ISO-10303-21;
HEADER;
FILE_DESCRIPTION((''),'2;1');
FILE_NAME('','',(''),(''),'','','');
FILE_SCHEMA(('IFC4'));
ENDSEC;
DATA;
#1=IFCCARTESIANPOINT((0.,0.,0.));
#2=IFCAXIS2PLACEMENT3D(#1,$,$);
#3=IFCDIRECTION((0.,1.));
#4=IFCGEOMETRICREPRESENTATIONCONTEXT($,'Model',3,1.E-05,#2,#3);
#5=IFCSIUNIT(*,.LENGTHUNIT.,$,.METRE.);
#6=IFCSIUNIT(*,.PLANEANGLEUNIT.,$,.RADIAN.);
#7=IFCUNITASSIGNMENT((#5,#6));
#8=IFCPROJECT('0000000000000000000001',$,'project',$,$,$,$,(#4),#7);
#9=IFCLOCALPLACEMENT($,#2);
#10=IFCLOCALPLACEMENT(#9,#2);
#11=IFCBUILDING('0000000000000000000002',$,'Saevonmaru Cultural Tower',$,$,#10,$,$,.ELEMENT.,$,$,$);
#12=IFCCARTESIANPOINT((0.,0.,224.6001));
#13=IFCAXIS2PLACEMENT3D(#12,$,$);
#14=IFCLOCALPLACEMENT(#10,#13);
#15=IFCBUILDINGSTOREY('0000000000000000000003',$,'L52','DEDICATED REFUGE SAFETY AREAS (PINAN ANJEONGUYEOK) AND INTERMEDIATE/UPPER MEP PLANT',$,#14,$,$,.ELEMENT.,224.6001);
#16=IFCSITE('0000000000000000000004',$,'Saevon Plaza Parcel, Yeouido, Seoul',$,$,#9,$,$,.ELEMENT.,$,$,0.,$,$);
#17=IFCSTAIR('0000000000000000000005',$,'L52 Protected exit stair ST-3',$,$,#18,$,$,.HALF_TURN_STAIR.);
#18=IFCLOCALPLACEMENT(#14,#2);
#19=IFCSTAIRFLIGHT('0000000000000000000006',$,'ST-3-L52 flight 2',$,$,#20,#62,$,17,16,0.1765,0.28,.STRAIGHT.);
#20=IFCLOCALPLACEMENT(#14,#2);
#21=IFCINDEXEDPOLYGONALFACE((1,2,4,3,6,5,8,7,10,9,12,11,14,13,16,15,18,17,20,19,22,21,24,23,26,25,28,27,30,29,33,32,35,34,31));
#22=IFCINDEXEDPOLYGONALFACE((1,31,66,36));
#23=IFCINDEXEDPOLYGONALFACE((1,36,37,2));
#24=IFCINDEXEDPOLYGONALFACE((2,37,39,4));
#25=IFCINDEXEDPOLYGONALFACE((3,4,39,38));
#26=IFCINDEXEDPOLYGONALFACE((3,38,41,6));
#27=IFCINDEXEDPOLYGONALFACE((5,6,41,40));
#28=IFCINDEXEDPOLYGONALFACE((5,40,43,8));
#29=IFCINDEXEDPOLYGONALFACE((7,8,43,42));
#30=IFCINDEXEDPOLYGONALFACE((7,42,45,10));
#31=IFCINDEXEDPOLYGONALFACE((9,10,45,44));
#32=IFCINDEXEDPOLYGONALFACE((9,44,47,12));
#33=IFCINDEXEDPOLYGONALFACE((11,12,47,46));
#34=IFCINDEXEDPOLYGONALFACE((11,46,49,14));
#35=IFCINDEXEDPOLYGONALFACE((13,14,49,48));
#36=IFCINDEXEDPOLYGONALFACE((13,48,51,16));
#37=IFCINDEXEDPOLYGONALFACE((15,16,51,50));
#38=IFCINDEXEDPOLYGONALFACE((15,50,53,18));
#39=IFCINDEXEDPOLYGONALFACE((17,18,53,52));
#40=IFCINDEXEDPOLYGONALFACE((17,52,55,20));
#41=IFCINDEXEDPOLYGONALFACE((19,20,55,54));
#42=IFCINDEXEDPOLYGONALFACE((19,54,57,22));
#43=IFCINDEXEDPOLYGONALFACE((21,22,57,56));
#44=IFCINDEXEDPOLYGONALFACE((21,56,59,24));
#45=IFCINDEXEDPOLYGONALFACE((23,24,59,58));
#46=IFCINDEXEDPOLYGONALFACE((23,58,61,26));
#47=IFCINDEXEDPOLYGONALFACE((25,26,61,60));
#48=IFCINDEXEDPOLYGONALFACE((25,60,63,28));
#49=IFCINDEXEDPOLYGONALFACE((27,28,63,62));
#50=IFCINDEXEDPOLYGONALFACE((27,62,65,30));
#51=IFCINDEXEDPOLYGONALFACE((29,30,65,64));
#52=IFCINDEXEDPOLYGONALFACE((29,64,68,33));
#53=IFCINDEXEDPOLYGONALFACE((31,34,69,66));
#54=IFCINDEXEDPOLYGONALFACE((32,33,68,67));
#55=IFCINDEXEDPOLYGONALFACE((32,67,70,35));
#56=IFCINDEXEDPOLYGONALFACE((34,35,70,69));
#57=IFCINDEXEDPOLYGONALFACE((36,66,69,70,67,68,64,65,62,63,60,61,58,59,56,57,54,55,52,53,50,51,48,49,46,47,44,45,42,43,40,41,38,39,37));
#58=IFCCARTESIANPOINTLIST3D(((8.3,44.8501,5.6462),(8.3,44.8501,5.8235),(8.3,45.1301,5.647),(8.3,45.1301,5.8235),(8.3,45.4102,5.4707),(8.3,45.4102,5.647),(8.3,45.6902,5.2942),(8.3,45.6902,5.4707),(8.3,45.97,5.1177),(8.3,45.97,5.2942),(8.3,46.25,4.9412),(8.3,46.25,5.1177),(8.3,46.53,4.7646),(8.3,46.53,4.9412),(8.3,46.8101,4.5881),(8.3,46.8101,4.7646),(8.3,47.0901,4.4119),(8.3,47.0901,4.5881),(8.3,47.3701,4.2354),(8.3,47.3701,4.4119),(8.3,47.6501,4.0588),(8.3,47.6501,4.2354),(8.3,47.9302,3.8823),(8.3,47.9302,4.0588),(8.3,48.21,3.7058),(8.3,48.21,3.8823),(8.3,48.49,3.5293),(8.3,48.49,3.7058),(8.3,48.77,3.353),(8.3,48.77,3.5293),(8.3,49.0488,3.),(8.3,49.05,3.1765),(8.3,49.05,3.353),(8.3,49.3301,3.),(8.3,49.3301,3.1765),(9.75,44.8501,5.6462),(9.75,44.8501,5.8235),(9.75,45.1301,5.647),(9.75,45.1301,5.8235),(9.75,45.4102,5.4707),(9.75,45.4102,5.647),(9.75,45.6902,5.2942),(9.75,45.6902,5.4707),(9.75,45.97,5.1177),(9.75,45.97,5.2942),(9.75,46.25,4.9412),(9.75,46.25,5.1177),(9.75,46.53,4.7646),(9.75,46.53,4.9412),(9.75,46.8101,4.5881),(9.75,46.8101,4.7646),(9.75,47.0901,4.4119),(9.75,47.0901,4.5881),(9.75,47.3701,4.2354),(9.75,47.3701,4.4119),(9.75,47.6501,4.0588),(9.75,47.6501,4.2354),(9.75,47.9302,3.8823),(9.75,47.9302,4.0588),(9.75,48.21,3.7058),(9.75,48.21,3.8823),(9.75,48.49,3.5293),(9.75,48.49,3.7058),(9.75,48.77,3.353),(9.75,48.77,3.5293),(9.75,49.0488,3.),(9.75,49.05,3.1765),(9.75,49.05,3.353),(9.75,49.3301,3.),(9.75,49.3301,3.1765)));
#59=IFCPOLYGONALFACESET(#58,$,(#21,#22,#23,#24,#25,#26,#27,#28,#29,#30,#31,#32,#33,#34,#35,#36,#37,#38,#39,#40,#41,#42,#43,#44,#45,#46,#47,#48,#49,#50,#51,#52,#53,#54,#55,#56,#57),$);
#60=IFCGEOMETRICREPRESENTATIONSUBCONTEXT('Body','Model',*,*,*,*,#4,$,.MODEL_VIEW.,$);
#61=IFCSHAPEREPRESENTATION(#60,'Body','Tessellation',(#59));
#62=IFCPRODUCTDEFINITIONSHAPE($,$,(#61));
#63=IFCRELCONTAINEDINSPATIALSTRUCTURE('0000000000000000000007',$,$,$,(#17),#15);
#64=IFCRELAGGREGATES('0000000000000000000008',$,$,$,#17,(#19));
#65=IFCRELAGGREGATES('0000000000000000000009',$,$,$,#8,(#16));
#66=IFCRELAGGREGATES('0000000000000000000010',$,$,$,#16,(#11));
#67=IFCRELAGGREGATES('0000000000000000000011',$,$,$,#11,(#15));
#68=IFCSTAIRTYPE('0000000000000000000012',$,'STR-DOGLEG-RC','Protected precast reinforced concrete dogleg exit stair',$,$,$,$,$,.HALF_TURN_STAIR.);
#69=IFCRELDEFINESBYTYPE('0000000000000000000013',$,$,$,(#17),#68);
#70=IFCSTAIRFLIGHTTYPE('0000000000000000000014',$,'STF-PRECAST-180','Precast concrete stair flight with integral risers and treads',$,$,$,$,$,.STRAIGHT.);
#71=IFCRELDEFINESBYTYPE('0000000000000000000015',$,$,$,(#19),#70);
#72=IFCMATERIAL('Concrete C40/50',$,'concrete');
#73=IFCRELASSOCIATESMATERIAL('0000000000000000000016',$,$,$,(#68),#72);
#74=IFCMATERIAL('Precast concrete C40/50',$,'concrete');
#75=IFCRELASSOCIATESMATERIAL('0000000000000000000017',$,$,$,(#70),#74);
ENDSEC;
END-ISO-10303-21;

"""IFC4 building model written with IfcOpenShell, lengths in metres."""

from ifc_helpers import new_model, si_unit, direction, frame, origin, place, context, subcontext, project, spatial, polyline, outline, extrude, material, type_object, element, aggregate, save


model = new_model("IFC4")

# Units and contexts
model_context = context("Model", 3, precision=1e-05, world=origin(), true_north=direction((0.0, 1.0)))
body_context = subcontext(model_context, "Body", "Model", "MODEL_VIEW")
ifc_project = project(units=[si_unit("LENGTHUNIT", "METRE"), si_unit("PLANEANGLEUNIT", "RADIAN")], contexts=[model_context])

# Site, building, storey
site_placement = place(None, origin())
site = spatial("IfcSite", under=ifc_project, at=site_placement, Name="Saevon Plaza Parcel, Yeouido, Seoul", CompositionType="ELEMENT", RefElevation=0.0)
building_placement = place(site_placement, origin())
building = spatial("IfcBuilding", under=site, at=building_placement, Name="Saevonmaru Cultural Tower", CompositionType="ELEMENT")
storey_placement = place(building_placement, frame((0.0, 0.0, 224.6001)))
storey = spatial("IfcBuildingStorey", under=building, at=storey_placement, Name="L52", Description="DEDICATED REFUGE SAFETY AREAS (PINAN ANJEONGUYEOK) AND INTERMEDIATE/UPPER MEP PLANT", CompositionType="ELEMENT", Elevation=224.6001)

# Shared definitions
ifc_material_1 = material(Name="Concrete C40/50", Category="concrete")

# Stair, stair flight
stair_type = type_object("IfcStairType", Name="STR-DOGLEG-RC", Description="Protected precast reinforced concrete dogleg exit stair", PredefinedType="HALF_TURN_STAIR", material=ifc_material_1)
stair_placement = place(storey_placement, origin())
stair = element("IfcStair", 1, at=stair_placement, inside=storey, type_object=stair_type, Name="L52 Protected exit stair ST-3", PredefinedType="HALF_TURN_STAIR")
ifc_material_2 = material(Name="Precast concrete C40/50", Category="concrete")
stair_flight_type = type_object("IfcStairFlightType", Name="STF-PRECAST-180", Description="Precast concrete stair flight with integral risers and treads", PredefinedType="STRAIGHT", material=ifc_material_2)
stair_flight_1_placement = place(storey_placement, frame((9.0249, 49.3301, 3.0), z_axis=(0.0, 0.0, 1.0), x_axis=(0.0, -1.0, 0.0)))
stair_flight_1 = element("IfcStairFlight", 2, at=stair_flight_1_placement, type_object=stair_flight_type, Name="ST-3-L52 flight 2", NumberOfRisers=17, NumberOfTreads=16, PredefinedType="STRAIGHT", RiserHeight=0.1765, TreadLength=0.28, context=body_context, shape_type="SweptSolid", body=[
    extrude(outline(polyline([(0.0, 0.0), (0.0, 0.1765), (0.28, 0.1765), (0.28, 0.353), (0.5601, 0.353), (0.5601, 0.5293), (0.8401, 0.5293), (0.8401, 0.7058), (1.1201, 0.7058), (1.1201, 0.8823), (1.3999, 0.8823), (1.3999, 1.0588), (1.6799, 1.0588), (1.6799, 1.2354), (1.96, 1.2354), (1.96, 1.4119), (2.24, 1.4119), (2.24, 1.5881), (2.52, 1.5881), (2.52, 1.7646), (2.8, 1.7646), (2.8, 1.9412), (3.0801, 1.9412), (3.0801, 2.1177), (3.3601, 2.1177), (3.3601, 2.2942), (3.6399, 2.2942), (3.6399, 2.4707), (3.9199, 2.4707), (3.9199, 2.647), (4.2, 2.647), (4.2, 2.8235), (4.48, 2.8235), (4.48, 3.0), (4.48, 2.6462), (0.2812, 0.0), (0.0, 0.0)])), frame((0.0, 0.7251, 0.0), z_axis=(0.0, -1.0, 0.0), x_axis=(1.0, 0.0, 0.0)), (0.0, 0.0, 1.0), 1.45),
])
aggregate(stair, [stair_flight_1])

save(model, "model.ifc")
